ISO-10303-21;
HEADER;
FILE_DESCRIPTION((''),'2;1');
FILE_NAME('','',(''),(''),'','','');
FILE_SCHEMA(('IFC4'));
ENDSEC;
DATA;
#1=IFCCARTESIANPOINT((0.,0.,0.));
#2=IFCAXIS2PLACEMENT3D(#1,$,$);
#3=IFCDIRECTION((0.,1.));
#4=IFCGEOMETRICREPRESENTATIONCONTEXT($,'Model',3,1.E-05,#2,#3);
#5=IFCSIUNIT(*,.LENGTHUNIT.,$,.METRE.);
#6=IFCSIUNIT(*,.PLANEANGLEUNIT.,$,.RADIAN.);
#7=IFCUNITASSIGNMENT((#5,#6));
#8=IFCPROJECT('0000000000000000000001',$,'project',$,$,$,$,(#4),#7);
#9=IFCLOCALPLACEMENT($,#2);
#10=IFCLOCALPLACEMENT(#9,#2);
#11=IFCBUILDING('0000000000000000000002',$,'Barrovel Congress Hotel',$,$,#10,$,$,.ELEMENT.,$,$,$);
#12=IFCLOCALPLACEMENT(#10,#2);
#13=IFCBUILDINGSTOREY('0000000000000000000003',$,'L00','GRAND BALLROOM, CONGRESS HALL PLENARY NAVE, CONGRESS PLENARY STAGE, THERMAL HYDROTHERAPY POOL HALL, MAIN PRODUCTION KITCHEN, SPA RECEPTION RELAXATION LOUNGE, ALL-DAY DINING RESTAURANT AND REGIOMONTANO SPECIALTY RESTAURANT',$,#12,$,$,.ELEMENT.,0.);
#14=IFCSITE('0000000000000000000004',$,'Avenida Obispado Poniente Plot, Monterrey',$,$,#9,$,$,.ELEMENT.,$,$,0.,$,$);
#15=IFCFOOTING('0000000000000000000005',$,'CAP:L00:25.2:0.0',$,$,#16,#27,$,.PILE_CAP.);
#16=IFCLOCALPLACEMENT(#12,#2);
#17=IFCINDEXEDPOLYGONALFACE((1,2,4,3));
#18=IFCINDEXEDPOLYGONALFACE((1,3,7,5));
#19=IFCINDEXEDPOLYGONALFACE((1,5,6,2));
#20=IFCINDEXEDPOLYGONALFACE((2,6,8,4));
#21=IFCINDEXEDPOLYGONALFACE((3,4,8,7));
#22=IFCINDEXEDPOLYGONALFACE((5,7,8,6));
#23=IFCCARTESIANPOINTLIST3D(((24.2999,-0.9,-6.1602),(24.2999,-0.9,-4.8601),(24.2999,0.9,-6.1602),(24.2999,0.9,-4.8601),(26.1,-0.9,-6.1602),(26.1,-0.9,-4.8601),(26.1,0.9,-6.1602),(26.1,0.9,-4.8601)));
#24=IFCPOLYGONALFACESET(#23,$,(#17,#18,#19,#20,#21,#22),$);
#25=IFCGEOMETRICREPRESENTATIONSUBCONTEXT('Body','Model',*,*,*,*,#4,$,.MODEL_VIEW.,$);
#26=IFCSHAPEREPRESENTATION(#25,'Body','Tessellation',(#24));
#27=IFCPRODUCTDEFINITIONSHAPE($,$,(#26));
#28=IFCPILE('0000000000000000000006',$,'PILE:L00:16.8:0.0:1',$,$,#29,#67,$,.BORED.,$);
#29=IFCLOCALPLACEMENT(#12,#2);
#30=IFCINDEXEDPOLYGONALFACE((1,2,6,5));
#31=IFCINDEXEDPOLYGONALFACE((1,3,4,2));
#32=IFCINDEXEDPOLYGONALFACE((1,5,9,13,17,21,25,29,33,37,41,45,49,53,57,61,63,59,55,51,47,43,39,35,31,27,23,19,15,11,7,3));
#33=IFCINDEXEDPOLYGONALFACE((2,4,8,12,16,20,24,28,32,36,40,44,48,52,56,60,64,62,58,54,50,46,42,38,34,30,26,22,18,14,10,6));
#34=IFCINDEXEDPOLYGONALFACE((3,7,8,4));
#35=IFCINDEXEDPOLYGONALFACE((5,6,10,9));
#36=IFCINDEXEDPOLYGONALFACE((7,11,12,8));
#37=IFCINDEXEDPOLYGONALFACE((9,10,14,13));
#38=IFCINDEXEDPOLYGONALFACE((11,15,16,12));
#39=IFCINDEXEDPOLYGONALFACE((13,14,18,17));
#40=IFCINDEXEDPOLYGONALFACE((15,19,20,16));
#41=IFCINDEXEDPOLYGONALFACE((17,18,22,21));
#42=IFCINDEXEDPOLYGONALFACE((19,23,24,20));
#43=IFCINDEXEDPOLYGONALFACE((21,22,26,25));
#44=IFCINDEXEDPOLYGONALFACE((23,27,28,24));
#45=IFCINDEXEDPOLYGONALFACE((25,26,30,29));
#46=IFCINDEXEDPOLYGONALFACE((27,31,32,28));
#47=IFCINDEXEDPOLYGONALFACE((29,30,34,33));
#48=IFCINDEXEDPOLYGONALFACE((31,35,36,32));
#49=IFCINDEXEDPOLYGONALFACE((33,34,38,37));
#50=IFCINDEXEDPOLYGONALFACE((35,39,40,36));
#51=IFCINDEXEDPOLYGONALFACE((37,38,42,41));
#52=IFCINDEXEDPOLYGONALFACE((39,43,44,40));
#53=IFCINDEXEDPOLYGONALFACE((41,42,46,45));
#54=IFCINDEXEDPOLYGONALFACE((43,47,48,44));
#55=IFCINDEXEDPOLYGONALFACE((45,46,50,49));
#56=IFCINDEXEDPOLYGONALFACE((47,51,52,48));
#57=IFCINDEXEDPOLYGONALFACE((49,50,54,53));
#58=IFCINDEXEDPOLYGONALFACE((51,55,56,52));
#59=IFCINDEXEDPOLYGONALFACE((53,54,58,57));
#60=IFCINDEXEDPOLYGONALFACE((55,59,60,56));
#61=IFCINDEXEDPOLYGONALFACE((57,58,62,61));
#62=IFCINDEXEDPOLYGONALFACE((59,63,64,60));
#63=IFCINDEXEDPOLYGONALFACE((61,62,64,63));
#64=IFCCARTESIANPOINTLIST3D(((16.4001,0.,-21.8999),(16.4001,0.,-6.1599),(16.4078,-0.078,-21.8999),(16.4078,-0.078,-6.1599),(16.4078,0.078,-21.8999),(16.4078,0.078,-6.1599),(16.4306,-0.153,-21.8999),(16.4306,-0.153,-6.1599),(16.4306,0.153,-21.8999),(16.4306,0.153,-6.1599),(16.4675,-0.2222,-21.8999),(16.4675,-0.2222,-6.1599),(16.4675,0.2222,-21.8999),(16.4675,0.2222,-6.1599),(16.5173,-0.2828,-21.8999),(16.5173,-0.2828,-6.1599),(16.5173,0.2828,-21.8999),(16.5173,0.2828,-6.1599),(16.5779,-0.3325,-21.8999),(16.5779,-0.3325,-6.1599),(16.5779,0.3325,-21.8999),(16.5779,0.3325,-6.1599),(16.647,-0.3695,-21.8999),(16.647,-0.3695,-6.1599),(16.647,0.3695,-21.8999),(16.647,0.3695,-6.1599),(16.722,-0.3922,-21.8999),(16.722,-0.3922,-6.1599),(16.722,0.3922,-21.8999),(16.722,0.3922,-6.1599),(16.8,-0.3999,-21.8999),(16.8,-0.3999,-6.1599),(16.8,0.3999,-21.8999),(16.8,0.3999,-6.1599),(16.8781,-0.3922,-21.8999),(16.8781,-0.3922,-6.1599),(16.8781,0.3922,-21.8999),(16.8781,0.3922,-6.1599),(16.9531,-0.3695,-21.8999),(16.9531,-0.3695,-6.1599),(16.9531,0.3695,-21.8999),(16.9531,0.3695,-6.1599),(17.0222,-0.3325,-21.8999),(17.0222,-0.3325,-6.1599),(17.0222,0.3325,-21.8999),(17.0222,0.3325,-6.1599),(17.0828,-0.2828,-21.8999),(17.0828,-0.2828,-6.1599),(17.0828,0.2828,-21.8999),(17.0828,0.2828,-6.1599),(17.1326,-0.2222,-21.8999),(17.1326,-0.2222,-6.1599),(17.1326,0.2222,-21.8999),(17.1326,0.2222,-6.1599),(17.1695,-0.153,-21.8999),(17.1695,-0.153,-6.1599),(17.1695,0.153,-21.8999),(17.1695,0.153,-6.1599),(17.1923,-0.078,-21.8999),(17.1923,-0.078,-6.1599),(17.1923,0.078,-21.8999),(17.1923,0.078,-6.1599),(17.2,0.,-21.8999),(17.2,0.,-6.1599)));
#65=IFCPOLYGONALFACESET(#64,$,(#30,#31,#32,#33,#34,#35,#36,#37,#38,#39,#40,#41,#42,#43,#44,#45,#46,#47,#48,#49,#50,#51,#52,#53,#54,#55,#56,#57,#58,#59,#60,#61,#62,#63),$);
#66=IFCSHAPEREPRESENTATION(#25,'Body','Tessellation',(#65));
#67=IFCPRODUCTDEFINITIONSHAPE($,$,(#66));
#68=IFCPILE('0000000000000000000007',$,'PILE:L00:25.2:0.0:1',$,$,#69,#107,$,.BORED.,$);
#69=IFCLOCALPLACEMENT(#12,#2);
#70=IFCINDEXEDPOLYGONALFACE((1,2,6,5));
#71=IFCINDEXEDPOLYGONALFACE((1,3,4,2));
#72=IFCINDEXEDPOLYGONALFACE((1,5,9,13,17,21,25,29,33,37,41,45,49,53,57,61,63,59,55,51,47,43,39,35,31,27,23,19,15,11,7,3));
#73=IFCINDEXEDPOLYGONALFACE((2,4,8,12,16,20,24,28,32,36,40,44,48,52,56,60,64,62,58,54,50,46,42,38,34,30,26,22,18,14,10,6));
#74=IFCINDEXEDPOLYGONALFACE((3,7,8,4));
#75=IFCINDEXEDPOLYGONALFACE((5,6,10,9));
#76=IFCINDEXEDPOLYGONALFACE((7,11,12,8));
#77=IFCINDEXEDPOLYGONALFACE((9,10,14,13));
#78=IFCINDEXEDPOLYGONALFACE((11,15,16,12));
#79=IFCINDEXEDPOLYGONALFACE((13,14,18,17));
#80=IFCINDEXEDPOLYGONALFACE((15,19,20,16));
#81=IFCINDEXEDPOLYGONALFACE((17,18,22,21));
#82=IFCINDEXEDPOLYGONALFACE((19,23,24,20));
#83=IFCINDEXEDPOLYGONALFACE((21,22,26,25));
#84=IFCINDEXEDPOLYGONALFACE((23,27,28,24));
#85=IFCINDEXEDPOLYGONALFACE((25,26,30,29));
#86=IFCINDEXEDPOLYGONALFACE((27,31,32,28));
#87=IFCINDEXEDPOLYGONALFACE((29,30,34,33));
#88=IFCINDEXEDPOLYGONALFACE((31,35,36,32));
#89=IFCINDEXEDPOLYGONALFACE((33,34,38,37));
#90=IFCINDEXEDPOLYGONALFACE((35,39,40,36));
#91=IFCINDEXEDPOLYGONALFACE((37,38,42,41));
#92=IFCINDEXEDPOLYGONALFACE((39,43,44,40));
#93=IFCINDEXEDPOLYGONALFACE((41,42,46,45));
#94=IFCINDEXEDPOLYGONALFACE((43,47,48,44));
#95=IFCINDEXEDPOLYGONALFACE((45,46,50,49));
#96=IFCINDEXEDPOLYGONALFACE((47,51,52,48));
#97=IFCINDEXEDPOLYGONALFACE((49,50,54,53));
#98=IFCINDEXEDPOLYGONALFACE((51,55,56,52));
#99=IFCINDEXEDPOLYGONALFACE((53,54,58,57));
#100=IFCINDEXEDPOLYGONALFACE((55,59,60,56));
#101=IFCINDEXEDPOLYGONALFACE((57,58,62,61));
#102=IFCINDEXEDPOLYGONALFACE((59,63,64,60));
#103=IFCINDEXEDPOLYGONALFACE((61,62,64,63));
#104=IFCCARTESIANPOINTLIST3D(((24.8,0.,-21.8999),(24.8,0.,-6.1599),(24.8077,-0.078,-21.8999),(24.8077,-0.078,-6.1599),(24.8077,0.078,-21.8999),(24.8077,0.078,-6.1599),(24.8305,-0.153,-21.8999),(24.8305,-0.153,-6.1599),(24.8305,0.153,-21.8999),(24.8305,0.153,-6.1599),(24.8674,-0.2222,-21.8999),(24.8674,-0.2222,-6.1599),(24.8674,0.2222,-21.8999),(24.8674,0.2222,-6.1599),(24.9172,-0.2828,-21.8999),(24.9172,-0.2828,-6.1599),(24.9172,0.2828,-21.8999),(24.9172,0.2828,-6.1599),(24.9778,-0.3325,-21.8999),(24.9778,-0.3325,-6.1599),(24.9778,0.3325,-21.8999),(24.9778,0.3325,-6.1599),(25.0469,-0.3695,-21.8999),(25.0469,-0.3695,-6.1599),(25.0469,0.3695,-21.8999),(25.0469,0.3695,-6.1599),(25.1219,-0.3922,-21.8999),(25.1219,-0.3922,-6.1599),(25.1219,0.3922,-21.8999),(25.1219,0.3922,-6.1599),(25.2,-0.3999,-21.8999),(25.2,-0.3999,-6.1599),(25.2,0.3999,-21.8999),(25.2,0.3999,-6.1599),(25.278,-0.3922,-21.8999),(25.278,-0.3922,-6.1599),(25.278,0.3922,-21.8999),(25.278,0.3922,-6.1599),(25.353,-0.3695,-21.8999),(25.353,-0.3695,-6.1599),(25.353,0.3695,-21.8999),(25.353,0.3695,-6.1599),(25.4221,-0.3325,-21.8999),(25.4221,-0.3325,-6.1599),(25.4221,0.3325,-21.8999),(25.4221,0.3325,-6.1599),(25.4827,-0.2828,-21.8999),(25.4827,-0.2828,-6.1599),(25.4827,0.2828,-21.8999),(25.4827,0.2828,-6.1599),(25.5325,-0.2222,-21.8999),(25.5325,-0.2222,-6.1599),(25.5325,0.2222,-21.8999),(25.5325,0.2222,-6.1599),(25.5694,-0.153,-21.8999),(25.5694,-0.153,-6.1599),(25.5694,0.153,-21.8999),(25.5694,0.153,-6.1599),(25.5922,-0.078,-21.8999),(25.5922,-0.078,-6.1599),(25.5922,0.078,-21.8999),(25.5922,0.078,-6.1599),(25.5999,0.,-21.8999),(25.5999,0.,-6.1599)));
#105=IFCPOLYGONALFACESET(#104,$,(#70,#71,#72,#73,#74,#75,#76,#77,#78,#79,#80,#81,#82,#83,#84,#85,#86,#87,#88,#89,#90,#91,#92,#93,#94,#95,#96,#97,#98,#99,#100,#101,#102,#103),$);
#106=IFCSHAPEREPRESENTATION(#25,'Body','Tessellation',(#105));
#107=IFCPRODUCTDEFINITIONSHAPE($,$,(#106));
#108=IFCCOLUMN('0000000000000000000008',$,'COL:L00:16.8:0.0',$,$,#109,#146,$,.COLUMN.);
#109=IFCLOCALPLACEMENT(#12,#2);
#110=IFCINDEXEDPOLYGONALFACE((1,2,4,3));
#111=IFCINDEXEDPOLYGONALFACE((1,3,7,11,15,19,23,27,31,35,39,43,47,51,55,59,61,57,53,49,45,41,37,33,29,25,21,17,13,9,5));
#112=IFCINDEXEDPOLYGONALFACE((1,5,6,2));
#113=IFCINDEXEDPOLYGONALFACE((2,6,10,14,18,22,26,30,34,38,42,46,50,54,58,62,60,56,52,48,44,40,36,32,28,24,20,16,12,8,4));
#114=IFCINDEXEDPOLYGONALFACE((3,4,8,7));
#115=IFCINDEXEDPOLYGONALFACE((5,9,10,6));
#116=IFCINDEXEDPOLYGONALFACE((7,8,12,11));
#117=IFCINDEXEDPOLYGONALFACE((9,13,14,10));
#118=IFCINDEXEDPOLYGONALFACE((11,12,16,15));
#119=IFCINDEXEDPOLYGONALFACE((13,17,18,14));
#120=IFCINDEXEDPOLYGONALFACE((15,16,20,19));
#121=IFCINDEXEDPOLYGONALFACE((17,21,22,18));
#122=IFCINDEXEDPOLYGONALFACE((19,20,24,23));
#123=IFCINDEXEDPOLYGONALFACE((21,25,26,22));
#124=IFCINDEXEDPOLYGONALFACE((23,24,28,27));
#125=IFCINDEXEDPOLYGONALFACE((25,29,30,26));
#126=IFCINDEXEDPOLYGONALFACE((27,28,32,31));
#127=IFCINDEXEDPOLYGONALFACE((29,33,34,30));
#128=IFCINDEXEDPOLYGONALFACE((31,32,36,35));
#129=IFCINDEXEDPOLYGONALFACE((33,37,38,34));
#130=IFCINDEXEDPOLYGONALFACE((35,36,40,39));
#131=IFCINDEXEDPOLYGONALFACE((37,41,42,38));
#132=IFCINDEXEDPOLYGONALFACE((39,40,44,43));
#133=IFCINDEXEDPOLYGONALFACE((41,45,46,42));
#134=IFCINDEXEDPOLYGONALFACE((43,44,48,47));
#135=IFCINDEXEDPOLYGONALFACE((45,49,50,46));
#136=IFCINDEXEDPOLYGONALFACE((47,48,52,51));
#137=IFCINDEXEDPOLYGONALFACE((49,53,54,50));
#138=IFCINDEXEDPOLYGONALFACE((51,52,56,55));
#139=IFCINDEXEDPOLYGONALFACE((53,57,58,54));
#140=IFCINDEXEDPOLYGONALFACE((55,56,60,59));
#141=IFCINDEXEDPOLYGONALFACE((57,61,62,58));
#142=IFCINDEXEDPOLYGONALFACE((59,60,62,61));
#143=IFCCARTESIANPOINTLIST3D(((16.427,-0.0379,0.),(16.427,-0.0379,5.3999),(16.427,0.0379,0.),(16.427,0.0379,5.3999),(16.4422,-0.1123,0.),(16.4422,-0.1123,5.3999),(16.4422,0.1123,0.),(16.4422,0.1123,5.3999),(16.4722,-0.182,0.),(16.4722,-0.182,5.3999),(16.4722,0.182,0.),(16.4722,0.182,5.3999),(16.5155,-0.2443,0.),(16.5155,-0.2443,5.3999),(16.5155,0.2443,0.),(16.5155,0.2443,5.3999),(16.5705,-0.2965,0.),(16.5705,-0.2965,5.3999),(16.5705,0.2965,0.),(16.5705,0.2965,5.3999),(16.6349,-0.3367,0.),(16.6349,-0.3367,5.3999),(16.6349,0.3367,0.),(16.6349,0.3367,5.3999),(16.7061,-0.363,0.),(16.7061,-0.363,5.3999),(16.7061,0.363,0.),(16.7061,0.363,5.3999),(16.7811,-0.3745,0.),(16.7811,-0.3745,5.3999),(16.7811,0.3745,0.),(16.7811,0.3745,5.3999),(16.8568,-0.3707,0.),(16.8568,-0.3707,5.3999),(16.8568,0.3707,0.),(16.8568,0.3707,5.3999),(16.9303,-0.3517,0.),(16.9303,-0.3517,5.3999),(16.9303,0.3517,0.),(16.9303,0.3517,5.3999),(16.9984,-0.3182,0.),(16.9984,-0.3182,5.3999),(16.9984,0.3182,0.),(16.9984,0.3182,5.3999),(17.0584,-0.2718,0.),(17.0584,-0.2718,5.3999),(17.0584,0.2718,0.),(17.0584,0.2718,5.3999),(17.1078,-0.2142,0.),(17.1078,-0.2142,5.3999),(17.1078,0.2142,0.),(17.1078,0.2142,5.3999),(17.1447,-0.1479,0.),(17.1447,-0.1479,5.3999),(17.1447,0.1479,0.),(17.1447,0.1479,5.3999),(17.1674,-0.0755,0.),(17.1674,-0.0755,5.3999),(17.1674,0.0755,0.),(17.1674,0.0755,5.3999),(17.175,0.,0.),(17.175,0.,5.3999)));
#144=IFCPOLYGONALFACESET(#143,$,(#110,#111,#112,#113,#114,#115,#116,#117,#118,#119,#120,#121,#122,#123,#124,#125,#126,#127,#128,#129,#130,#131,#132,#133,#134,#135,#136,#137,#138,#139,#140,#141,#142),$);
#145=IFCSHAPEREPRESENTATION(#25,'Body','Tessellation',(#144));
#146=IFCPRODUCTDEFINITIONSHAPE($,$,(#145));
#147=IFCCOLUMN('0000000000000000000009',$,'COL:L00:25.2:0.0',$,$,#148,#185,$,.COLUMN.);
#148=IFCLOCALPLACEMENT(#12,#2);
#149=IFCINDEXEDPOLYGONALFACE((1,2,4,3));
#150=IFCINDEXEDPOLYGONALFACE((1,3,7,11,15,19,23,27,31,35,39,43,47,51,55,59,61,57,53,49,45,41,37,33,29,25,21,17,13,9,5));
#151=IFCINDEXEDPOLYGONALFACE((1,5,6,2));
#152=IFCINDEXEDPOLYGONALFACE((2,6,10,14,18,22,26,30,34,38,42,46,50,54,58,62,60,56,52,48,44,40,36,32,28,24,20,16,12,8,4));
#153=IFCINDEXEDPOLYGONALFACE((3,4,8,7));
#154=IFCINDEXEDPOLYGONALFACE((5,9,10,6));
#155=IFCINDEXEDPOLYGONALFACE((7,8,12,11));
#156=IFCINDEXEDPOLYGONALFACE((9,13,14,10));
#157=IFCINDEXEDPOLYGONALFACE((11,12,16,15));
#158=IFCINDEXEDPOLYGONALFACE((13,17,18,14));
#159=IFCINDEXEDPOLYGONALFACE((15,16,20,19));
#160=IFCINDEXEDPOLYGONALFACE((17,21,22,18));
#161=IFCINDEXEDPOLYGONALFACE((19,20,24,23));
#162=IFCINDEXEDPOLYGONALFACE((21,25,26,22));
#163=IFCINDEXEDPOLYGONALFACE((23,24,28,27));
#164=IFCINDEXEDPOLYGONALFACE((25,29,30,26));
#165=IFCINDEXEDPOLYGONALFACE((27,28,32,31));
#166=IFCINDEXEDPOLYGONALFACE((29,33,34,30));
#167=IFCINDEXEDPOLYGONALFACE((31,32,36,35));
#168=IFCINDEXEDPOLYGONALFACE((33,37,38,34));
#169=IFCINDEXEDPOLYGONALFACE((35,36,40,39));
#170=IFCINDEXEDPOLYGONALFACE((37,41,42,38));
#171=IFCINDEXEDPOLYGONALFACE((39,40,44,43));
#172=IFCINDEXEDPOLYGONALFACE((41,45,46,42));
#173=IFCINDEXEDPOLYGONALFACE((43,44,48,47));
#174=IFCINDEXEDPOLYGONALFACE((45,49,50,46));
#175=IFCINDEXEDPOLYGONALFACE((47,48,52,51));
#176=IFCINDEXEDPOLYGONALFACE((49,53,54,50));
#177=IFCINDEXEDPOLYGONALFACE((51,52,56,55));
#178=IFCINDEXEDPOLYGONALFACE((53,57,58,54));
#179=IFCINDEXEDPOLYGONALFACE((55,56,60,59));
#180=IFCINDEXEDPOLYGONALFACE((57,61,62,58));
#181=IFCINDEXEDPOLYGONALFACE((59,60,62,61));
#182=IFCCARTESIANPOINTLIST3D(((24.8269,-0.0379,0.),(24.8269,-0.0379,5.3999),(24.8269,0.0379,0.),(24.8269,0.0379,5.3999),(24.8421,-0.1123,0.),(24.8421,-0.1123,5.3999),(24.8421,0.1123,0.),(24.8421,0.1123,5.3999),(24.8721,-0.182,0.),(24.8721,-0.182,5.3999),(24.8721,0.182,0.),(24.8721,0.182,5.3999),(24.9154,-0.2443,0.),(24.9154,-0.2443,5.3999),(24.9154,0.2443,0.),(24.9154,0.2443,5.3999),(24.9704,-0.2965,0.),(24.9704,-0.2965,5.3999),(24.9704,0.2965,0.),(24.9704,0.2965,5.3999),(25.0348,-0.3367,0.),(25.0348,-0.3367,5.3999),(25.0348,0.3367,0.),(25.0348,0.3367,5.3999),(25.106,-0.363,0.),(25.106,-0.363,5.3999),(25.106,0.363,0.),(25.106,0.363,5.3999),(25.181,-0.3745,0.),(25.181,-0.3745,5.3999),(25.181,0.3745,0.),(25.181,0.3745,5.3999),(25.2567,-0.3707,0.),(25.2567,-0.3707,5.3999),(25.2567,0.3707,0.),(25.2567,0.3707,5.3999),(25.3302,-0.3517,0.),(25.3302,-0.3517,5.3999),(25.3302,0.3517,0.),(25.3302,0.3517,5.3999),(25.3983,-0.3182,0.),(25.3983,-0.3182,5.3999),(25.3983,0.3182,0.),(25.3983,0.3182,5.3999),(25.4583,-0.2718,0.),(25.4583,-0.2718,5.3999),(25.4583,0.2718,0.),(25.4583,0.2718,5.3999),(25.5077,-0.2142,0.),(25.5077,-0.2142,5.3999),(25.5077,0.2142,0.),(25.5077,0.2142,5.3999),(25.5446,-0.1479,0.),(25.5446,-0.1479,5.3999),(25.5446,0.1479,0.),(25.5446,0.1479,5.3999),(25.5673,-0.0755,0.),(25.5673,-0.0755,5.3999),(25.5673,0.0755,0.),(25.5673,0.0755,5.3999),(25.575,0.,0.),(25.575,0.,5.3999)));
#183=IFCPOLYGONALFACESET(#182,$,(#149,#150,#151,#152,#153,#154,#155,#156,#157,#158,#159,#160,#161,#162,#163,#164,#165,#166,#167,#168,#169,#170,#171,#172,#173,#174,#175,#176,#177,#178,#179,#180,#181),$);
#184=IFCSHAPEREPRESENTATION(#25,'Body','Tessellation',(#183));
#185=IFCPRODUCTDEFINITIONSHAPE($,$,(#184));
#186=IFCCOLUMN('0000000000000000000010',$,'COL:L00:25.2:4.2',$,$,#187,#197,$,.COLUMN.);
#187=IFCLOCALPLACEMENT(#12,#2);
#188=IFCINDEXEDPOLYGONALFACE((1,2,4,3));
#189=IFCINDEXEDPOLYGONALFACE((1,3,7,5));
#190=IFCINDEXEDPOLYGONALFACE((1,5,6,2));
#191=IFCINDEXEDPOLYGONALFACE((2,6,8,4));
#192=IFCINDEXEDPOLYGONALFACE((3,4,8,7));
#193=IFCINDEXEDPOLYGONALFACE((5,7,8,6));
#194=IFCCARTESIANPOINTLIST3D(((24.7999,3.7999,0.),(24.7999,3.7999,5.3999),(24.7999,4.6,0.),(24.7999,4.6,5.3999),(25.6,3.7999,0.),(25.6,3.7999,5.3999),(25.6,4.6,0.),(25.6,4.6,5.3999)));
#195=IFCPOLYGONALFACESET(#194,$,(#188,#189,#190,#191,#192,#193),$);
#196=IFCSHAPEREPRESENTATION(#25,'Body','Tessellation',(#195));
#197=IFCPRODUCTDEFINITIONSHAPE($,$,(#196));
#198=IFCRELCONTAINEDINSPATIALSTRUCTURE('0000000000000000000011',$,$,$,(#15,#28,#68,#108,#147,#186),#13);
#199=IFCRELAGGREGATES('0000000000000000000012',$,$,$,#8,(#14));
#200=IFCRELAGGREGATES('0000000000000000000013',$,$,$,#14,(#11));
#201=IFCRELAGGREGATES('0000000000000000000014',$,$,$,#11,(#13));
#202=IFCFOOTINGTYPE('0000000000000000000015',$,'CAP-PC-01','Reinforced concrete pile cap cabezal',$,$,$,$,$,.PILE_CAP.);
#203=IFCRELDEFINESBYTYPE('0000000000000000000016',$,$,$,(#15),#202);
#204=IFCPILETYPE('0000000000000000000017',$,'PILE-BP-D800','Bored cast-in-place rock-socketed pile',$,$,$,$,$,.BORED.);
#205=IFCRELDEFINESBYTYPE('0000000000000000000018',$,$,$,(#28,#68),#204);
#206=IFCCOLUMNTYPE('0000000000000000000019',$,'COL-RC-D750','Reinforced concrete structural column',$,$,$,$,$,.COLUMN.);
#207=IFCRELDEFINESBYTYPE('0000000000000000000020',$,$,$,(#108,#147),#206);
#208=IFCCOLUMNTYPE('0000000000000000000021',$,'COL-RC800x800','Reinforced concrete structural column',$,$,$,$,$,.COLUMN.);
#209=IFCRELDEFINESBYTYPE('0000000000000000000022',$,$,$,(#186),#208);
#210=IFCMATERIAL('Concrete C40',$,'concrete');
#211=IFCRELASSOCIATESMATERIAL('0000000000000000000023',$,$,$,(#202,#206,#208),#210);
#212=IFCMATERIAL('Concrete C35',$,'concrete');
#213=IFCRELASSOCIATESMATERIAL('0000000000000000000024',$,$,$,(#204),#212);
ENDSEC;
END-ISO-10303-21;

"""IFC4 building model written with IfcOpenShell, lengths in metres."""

from ifc_helpers import new_model, si_unit, direction, frame, origin, origin_2d, place, context, subcontext, project, spatial, rectangle, circle, extrude, material, material_profile, profile_set, type_object, element, save


model = new_model("IFC4")

# Units and contexts
model_context = context("Model", 3, precision=1e-05, world=origin(), true_north=direction((0.0, 1.0)))
body_context = subcontext(model_context, "Body", "Model", "MODEL_VIEW")
ifc_project = project(units=[si_unit("LENGTHUNIT", "METRE"), si_unit("PLANEANGLEUNIT", "RADIAN")], contexts=[model_context])

# Site, building, storey
site_placement = place(None, origin())
site = spatial("IfcSite", under=ifc_project, at=site_placement, Name="Avenida Obispado Poniente Plot, Monterrey", CompositionType="ELEMENT", RefElevation=0.0)
building_placement = place(site_placement, origin())
building = spatial("IfcBuilding", under=site, at=building_placement, Name="Barrovel Congress Hotel", CompositionType="ELEMENT")
storey_placement = place(building_placement, origin())
storey = spatial("IfcBuildingStorey", under=building, at=storey_placement, Name="L00", Description="GRAND BALLROOM, CONGRESS HALL PLENARY NAVE, CONGRESS PLENARY STAGE, THERMAL HYDROTHERAPY POOL HALL, MAIN PRODUCTION KITCHEN, SPA RECEPTION RELAXATION LOUNGE, ALL-DAY DINING RESTAURANT AND REGIOMONTANO SPECIALTY RESTAURANT", CompositionType="ELEMENT", Elevation=0.0)

# Footing
ifc_material_1 = material(Name="Concrete C40", Category="concrete")
footing_type = type_object("IfcFootingType", Name="CAP-PC-01", Description="Reinforced concrete pile cap cabezal", PredefinedType="PILE_CAP", material=ifc_material_1)
footing_placement = place(storey_placement, frame((25.2, 0.0, -6.1602), z_axis=(0.0, 0.0, 1.0), x_axis=(1.0, 0.0, 0.0)))
element("IfcFooting", 1, at=footing_placement, inside=storey, type_object=footing_type, Name="CAP:L00:25.2:0.0", PredefinedType="PILE_CAP", context=body_context, shape_type="SweptSolid", body=[
    extrude(rectangle(XDim=1.8, YDim=1.8, at=origin_2d()), origin(), (0.0, 0.0, 1.0), 1.3),
])

# Piles
ifc_material_2 = material(Name="Concrete C35", Category="concrete")
ifc_material_profile_1 = material_profile(ifc_material_2, circle(Radius=0.3999, at=origin_2d()), Name="BP-D800")
ifc_profile_set_1 = profile_set([ifc_material_profile_1], Name="Concrete C35")
pile_type = type_object("IfcPileType", Name="PILE-BP-D800", Description="Bored cast-in-place rock-socketed pile", PredefinedType="BORED", material=ifc_profile_set_1)
for number, where, z_axis, x_axis, name in (
    (2, (16.8, 0.0, -6.1599), (0.0, 0.0, -1.0), (1.0, 0.0, 0.0), "PILE:L00:16.8:0.0:1"),
    (3, (25.2, 0.0, -6.1599), (0.0, 0.0, -1.0), (1.0, 0.0, 0.0), "PILE:L00:25.2:0.0:1"),
):
    element("IfcPile", number, at=place(storey_placement, frame(where, z_axis=z_axis, x_axis=x_axis)), inside=storey, type_object=pile_type, Name=name, PredefinedType="BORED", context=body_context, shape_type="SweptSolid", body=[
        extrude(circle(Radius=0.3999, at=origin_2d()), origin(), (0.0, 0.0, 1.0), 15.74),
    ])

# Columns
ifc_material_profile_2 = material_profile(ifc_material_1, circle(Radius=0.375, at=origin_2d()), Name="RC-D750")
ifc_profile_set_2 = profile_set([ifc_material_profile_2], Name="Concrete C40")
column_type_1 = type_object("IfcColumnType", Name="COL-RC-D750", Description="Reinforced concrete structural column", PredefinedType="COLUMN", material=ifc_profile_set_2)
for number, where, z_axis, x_axis, name in (
    (4, (16.8, 0.0, 0.0), (0.0, 0.0, 1.0), (1.0, 0.0, 0.0), "COL:L00:16.8:0.0"),
    (5, (25.2, 0.0, 0.0), (0.0, 0.0, 1.0), (1.0, 0.0, 0.0), "COL:L00:25.2:0.0"),
):
    element("IfcColumn", number, at=place(storey_placement, frame(where, z_axis=z_axis, x_axis=x_axis)), inside=storey, type_object=column_type_1, Name=name, PredefinedType="COLUMN", context=body_context, shape_type="SweptSolid", body=[
        extrude(circle(Radius=0.375, at=origin_2d()), origin(), (0.0, 0.0, 1.0), 5.3999),
    ])
ifc_material_profile_3 = material_profile(ifc_material_1, rectangle(XDim=0.8, YDim=0.8, at=origin_2d()), Name="RC800x800")
ifc_profile_set_3 = profile_set([ifc_material_profile_3], Name="Concrete C40")
column_type_2 = type_object("IfcColumnType", Name="COL-RC800x800", Description="Reinforced concrete structural column", PredefinedType="COLUMN", material=ifc_profile_set_3)
column_1_placement = place(storey_placement, frame((25.2, 4.2, 0.0), z_axis=(0.0, 0.0, 1.0), x_axis=(1.0, 0.0, 0.0)))
element("IfcColumn", 6, at=column_1_placement, inside=storey, type_object=column_type_2, Name="COL:L00:25.2:4.2", PredefinedType="COLUMN", context=body_context, shape_type="SweptSolid", body=[
    extrude(rectangle(XDim=0.8, YDim=0.8, at=origin_2d()), origin(), (0.0, 0.0, 1.0), 5.3999),
])

save(model, "model.ifc")
